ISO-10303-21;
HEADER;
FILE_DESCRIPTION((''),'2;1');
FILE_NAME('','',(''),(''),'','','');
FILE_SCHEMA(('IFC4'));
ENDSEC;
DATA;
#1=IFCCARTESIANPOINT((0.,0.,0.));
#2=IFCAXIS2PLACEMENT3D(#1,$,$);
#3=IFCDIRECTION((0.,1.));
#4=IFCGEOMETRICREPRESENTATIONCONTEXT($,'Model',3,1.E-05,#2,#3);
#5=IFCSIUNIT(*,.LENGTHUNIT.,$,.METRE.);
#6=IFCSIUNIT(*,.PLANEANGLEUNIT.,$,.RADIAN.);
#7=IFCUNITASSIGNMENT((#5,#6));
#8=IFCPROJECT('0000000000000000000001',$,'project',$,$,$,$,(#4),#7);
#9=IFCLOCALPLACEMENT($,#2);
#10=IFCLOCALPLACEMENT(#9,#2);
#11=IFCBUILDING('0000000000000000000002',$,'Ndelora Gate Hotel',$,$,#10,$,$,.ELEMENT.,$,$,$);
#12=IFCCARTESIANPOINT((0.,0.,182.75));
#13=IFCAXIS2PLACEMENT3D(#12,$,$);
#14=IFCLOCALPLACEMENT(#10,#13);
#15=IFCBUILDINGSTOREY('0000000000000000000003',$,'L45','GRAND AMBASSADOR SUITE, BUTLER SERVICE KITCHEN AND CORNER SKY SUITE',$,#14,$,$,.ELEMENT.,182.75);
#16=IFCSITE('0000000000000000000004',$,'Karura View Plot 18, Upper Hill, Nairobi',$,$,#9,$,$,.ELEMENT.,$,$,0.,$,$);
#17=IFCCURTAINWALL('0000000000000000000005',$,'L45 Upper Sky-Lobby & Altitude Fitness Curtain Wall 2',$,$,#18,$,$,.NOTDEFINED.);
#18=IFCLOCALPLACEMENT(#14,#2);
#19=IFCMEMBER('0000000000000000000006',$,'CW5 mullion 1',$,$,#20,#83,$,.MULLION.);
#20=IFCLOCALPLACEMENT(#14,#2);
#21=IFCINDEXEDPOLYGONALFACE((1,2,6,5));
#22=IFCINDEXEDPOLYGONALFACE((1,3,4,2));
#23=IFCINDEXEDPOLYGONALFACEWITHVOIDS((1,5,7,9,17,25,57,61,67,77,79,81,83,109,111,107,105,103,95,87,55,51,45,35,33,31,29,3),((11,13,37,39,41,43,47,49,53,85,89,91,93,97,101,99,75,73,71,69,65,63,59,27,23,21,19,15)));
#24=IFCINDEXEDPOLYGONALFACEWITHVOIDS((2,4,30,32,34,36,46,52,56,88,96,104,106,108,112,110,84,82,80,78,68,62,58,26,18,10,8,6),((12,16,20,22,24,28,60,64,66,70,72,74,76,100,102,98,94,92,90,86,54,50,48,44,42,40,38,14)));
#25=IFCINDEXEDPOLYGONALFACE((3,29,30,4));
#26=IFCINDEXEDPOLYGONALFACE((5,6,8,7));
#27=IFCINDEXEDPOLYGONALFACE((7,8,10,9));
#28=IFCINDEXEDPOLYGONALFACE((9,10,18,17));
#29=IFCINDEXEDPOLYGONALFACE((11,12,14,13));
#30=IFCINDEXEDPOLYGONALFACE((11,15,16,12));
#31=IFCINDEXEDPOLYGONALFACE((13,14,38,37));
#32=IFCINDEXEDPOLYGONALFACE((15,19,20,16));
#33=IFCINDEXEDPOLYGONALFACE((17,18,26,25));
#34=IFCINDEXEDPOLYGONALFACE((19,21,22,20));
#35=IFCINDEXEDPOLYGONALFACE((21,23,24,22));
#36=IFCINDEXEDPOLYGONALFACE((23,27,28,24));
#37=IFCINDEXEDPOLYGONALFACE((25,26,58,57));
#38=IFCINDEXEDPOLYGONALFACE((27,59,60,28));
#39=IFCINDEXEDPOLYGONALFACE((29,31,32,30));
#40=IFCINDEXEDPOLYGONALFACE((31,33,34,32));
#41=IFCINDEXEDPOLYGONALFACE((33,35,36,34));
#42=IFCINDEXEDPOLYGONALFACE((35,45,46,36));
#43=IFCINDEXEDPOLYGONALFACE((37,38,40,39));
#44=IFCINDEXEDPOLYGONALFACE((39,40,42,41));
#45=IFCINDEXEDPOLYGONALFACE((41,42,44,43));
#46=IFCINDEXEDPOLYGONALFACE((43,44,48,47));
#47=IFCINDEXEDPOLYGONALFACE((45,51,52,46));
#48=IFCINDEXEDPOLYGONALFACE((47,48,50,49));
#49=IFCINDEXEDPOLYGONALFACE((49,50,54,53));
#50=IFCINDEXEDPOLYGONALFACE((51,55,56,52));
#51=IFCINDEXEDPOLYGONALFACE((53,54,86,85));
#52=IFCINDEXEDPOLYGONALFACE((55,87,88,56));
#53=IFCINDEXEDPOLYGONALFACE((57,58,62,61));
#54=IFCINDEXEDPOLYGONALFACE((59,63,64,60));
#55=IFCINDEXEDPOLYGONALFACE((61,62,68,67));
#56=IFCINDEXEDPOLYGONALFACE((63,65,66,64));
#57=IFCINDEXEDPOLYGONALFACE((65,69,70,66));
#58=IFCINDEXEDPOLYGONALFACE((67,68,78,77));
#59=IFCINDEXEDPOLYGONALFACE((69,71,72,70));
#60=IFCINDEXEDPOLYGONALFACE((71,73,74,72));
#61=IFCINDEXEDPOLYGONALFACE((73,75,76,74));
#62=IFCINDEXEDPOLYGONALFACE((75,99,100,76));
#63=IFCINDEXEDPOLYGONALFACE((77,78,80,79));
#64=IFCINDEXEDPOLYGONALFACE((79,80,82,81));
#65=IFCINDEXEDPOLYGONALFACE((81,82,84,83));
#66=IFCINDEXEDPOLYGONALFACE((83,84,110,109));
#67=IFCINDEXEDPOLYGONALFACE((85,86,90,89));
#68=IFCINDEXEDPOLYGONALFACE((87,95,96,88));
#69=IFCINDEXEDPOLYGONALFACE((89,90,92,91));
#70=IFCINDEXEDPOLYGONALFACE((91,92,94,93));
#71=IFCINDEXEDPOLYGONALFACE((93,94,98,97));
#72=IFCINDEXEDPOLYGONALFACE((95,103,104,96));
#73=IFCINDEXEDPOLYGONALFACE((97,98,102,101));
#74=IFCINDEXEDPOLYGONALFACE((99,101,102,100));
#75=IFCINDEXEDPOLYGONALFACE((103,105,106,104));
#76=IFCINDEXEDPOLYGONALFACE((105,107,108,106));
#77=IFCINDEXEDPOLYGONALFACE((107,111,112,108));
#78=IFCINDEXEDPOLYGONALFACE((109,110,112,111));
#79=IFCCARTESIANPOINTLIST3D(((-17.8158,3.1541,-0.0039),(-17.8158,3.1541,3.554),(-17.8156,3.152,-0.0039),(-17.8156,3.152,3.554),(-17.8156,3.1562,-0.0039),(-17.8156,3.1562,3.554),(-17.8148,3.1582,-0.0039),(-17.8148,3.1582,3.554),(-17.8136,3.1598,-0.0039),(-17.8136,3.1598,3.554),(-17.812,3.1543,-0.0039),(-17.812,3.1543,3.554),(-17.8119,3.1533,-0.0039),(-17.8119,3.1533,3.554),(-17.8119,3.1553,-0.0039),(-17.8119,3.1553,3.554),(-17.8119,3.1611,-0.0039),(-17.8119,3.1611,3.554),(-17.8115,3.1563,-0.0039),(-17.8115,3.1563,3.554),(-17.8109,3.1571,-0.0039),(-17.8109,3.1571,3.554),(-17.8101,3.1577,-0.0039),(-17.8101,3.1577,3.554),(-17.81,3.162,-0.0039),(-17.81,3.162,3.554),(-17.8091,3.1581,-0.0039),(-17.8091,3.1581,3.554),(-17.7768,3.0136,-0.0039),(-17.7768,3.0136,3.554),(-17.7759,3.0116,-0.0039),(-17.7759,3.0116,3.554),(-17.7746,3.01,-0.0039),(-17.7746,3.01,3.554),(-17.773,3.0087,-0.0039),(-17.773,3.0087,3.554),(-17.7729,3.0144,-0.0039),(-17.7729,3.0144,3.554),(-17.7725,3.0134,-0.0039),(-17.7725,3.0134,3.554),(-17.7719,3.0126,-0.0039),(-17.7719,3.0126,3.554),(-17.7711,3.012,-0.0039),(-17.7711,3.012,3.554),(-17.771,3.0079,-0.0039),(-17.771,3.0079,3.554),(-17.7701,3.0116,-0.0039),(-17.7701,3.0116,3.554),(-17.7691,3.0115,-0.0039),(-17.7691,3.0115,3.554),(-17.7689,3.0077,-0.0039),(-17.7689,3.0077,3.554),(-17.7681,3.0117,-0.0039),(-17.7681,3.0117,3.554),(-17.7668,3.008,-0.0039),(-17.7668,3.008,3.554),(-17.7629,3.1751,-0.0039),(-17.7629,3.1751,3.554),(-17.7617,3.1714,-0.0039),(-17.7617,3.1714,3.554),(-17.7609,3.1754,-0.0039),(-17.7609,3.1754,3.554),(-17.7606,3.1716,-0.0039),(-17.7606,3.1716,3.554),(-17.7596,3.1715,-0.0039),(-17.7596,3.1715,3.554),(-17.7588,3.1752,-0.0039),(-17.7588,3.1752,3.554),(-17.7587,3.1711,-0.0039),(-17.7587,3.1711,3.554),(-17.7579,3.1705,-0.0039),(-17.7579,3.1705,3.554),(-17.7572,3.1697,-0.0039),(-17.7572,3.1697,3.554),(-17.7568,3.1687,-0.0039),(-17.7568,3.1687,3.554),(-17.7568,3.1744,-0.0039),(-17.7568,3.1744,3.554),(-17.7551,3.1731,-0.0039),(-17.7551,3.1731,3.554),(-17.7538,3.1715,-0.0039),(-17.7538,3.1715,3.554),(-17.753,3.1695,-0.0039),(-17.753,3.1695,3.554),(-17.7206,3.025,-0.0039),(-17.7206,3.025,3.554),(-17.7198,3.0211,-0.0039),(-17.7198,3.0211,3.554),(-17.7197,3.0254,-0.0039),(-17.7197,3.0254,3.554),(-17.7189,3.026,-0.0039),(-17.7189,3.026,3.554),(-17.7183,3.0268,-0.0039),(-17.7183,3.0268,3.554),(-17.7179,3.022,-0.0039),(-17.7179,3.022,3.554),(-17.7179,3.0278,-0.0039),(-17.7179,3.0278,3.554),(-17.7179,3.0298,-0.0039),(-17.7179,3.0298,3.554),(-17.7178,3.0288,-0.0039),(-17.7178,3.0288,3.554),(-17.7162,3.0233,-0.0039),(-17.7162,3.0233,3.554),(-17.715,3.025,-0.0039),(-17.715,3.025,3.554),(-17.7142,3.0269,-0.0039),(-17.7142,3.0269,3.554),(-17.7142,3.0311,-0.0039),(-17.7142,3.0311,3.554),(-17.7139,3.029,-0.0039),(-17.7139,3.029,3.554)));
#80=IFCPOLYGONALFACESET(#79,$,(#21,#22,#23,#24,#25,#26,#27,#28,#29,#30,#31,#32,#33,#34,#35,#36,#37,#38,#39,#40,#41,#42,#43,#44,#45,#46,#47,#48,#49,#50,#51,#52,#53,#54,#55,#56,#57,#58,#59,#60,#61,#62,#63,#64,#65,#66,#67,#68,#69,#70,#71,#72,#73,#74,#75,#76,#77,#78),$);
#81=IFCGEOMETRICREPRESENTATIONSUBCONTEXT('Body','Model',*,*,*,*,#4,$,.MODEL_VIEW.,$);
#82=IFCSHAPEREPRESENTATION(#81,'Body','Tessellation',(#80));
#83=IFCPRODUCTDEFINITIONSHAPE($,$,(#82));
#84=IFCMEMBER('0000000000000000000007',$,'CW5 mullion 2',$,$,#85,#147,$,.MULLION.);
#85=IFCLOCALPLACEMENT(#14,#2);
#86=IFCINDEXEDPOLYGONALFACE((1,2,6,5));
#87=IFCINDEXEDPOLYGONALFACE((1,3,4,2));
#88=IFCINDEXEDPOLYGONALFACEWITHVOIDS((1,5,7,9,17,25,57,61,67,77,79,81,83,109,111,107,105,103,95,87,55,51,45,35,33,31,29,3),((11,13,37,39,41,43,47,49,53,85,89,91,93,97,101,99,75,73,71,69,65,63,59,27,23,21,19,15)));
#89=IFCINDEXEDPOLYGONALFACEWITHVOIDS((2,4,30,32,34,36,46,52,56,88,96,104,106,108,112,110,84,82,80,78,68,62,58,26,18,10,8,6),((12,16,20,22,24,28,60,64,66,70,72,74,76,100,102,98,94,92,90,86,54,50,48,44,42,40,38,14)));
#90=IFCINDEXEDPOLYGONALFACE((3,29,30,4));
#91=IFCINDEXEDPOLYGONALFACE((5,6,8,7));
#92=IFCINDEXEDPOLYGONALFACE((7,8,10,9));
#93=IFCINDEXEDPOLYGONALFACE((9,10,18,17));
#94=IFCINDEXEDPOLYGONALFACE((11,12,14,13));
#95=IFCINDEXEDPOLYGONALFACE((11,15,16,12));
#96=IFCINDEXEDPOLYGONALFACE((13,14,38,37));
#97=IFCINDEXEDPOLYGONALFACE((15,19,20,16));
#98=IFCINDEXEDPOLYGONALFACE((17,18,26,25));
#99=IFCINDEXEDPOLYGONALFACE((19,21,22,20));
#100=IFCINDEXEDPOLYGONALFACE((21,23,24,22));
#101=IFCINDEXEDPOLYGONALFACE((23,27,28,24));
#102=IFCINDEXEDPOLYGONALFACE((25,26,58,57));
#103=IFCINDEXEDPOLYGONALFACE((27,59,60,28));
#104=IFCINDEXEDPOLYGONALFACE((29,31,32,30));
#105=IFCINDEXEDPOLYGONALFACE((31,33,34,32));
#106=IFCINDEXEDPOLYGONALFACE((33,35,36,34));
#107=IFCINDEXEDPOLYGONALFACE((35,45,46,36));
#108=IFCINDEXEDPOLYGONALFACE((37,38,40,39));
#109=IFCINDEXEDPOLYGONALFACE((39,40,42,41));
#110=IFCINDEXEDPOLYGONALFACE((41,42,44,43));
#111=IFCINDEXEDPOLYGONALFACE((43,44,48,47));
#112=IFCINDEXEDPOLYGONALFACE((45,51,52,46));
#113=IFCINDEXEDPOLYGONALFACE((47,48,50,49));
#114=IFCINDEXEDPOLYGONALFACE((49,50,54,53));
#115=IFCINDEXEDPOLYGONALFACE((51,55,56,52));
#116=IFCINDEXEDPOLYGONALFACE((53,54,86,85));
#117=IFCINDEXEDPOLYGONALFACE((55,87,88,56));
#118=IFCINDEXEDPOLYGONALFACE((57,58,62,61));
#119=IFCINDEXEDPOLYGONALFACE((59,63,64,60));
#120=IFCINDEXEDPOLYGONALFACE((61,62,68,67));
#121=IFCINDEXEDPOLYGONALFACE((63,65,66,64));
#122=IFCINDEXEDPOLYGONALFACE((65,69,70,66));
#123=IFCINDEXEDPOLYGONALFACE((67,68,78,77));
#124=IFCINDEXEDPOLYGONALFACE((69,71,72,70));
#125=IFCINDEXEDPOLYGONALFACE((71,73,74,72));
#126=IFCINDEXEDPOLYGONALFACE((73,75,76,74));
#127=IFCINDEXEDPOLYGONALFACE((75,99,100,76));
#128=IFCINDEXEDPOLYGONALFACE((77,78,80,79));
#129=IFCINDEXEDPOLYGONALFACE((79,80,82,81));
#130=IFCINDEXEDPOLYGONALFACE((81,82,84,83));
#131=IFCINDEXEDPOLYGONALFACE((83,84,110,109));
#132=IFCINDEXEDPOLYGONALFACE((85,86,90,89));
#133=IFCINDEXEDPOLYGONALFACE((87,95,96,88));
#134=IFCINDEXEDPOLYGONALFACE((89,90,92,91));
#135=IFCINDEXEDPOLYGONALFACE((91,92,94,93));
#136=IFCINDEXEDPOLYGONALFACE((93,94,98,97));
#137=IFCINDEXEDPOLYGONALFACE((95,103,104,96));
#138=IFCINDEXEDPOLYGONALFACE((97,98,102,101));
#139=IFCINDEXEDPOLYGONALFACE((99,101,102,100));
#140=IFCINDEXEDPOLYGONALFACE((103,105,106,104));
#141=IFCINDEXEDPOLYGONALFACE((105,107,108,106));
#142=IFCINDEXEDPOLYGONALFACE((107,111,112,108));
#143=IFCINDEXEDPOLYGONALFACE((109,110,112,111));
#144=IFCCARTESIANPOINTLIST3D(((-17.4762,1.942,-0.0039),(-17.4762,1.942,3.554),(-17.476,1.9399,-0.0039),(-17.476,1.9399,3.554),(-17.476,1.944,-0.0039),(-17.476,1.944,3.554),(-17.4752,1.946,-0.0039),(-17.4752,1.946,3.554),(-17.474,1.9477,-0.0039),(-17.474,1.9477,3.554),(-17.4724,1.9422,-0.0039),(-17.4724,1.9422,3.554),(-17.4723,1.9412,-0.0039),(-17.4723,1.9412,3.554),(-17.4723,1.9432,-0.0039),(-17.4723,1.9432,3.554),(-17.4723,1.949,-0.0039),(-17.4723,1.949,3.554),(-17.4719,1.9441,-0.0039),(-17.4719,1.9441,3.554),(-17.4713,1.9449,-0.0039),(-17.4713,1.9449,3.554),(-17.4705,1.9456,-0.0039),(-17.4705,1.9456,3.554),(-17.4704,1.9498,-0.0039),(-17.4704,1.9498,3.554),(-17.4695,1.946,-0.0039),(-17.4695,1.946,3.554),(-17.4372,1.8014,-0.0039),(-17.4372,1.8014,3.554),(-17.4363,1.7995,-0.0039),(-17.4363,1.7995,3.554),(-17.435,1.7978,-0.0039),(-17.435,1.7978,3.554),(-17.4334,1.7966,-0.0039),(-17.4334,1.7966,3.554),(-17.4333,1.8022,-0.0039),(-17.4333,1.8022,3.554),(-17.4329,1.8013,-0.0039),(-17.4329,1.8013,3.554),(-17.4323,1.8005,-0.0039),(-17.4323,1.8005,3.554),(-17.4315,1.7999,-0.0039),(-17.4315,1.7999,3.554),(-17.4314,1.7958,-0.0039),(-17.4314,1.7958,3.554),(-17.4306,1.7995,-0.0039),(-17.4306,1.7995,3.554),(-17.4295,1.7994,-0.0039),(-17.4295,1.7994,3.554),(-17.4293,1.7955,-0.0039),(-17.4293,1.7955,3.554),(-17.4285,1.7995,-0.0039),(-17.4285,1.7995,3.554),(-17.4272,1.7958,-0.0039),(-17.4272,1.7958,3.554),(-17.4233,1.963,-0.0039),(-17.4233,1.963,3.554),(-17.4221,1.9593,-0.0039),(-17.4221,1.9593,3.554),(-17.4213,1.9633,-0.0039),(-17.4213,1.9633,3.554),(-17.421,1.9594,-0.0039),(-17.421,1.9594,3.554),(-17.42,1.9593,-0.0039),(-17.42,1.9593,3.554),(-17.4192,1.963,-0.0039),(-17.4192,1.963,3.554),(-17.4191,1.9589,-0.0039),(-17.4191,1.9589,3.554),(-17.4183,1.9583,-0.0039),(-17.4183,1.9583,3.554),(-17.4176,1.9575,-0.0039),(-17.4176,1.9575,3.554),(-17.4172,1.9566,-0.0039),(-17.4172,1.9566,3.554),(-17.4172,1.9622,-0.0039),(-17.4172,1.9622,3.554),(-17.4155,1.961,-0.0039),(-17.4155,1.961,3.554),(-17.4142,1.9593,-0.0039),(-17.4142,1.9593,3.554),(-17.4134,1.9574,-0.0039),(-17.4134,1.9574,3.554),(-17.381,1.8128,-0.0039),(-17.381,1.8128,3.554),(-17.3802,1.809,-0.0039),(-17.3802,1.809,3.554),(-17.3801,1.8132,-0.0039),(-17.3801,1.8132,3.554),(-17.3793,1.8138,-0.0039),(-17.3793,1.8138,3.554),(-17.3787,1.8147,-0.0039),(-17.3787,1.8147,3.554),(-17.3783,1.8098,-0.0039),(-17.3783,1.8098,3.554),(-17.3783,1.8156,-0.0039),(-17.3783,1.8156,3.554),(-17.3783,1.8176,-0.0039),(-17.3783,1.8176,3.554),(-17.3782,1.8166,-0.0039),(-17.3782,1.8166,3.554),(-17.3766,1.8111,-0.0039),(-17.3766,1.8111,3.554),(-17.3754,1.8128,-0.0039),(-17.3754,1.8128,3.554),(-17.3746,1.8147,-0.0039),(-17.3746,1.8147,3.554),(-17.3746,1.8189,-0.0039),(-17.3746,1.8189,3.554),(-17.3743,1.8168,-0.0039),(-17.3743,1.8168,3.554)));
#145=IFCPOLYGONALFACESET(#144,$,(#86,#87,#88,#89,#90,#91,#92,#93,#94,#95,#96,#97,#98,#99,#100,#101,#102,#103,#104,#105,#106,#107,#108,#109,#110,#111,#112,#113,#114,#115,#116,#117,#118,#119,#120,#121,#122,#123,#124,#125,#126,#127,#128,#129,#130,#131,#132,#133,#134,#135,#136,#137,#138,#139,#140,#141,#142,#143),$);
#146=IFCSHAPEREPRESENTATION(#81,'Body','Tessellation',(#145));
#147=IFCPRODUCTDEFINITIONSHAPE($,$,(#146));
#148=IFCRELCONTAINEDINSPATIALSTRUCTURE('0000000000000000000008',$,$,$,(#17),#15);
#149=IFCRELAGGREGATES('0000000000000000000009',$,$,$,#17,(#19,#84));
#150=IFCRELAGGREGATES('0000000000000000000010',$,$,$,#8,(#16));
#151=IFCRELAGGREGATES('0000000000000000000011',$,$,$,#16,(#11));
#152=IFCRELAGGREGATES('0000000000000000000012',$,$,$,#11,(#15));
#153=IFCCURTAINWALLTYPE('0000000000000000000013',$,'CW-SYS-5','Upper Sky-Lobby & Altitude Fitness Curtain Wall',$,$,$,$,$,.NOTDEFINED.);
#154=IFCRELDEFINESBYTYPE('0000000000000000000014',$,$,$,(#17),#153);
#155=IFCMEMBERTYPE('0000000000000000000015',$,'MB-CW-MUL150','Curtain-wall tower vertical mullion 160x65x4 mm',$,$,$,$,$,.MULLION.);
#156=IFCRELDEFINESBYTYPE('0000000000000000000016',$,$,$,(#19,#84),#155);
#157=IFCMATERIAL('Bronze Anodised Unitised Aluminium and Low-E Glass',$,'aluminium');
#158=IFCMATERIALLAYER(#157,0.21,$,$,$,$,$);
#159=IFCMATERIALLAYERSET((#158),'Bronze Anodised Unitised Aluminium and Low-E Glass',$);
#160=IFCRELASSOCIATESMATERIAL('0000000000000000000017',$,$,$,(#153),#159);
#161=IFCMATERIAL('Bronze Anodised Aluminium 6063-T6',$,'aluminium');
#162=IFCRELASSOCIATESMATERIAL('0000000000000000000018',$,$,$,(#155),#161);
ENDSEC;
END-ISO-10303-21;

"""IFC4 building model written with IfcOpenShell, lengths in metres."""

from ifc_helpers import new_model, si_unit, direction, frame, origin, origin_2d, place, context, subcontext, project, spatial, hollow_rectangle, extrude, material, layer, layer_set, material_profile, profile_set, type_object, element, aggregate, save


model = new_model("IFC4")

# Units and contexts
model_context = context("Model", 3, precision=1e-05, world=origin(), true_north=direction((0.0, 1.0)))
body_context = subcontext(model_context, "Body", "Model", "MODEL_VIEW")
ifc_project = project(units=[si_unit("LENGTHUNIT", "METRE"), si_unit("PLANEANGLEUNIT", "RADIAN")], contexts=[model_context])

# Site, building, storey
site_placement = place(None, origin())
site = spatial("IfcSite", under=ifc_project, at=site_placement, Name="Karura View Plot 18, Upper Hill, Nairobi", CompositionType="ELEMENT", RefElevation=0.0)
building_placement = place(site_placement, origin())
building = spatial("IfcBuilding", under=site, at=building_placement, Name="Ndelora Gate Hotel", CompositionType="ELEMENT")
storey_placement = place(building_placement, frame((0.0, 0.0, 182.75)))
storey = spatial("IfcBuildingStorey", under=building, at=storey_placement, Name="L45", Description="GRAND AMBASSADOR SUITE, BUTLER SERVICE KITCHEN AND CORNER SKY SUITE", CompositionType="ELEMENT", Elevation=182.75)

# Curtain wall, members
ifc_material_1 = material(Name="Bronze Anodised Unitised Aluminium and Low-E Glass", Category="aluminium")
ifc_layer_1 = layer(ifc_material_1, 0.21)
ifc_layer_set_1 = layer_set([ifc_layer_1], Name="Bronze Anodised Unitised Aluminium and Low-E Glass")
curtain_wall_type = type_object("IfcCurtainWallType", Name="CW-SYS-5", Description="Upper Sky-Lobby & Altitude Fitness Curtain Wall", PredefinedType="NOTDEFINED", material=ifc_layer_set_1)
ifc_material_2 = material(Name="Bronze Anodised Aluminium 6063-T6", Category="aluminium")
ifc_material_profile_1 = material_profile(ifc_material_2, hollow_rectangle(XDim=0.0649, YDim=0.1599, WallThickness=0.0039, InnerFilletRadius=0.0039, OuterFilletRadius=0.0081, at=origin_2d()), Name="ALU 160x65x4")
ifc_profile_set_1 = profile_set([ifc_material_profile_1], Name="Bronze Anodised Aluminium 6063-T6")
member_type_1 = type_object("IfcMemberType", Name="MB-CW-MUL150", Description="Curtain-wall tower vertical mullion 160x65x4 mm", PredefinedType="MULLION", material=ifc_profile_set_1)
curtain_wall_1_placement = place(storey_placement, origin())
curtain_wall_1 = element("IfcCurtainWall", 1, at=curtain_wall_1_placement, inside=storey, type_object=curtain_wall_type, Name="L45 Upper Sky-Lobby & Altitude Fitness Curtain Wall 2", PredefinedType="NOTDEFINED")
member_1_placement = place(storey_placement, frame((-17.7649, 3.0916, -0.0039), z_axis=(0.0, 0.0, 1.0), x_axis=(0.96295, 0.26968, 0.0)))
member_1 = element("IfcMember", 2, at=member_1_placement, type_object=member_type_1, Name="CW5 mullion 1", PredefinedType="MULLION", context=body_context, shape_type="SweptSolid", body=[
    extrude(hollow_rectangle(XDim=0.0649, YDim=0.1599, WallThickness=0.0039, InnerFilletRadius=0.0039, OuterFilletRadius=0.0081, at=origin_2d()), origin(), (0.0, 0.0, 1.0), 3.5579),
])
member_2_placement = place(storey_placement, frame((-17.4253, 1.8794, -0.0039), z_axis=(0.0, 0.0, 1.0), x_axis=(0.96295, 0.26968, 0.0)))
member_2 = element("IfcMember", 3, at=member_2_placement, type_object=member_type_1, Name="CW5 mullion 2", PredefinedType="MULLION", context=body_context, shape_type="SweptSolid", body=[
    extrude(hollow_rectangle(XDim=0.0649, YDim=0.1599, WallThickness=0.0039, InnerFilletRadius=0.0039, OuterFilletRadius=0.0081, at=origin_2d()), origin(), (0.0, 0.0, 1.0), 3.5579),
])

aggregate(curtain_wall_1, [member_1, member_2])

save(model, "model.ifc")
